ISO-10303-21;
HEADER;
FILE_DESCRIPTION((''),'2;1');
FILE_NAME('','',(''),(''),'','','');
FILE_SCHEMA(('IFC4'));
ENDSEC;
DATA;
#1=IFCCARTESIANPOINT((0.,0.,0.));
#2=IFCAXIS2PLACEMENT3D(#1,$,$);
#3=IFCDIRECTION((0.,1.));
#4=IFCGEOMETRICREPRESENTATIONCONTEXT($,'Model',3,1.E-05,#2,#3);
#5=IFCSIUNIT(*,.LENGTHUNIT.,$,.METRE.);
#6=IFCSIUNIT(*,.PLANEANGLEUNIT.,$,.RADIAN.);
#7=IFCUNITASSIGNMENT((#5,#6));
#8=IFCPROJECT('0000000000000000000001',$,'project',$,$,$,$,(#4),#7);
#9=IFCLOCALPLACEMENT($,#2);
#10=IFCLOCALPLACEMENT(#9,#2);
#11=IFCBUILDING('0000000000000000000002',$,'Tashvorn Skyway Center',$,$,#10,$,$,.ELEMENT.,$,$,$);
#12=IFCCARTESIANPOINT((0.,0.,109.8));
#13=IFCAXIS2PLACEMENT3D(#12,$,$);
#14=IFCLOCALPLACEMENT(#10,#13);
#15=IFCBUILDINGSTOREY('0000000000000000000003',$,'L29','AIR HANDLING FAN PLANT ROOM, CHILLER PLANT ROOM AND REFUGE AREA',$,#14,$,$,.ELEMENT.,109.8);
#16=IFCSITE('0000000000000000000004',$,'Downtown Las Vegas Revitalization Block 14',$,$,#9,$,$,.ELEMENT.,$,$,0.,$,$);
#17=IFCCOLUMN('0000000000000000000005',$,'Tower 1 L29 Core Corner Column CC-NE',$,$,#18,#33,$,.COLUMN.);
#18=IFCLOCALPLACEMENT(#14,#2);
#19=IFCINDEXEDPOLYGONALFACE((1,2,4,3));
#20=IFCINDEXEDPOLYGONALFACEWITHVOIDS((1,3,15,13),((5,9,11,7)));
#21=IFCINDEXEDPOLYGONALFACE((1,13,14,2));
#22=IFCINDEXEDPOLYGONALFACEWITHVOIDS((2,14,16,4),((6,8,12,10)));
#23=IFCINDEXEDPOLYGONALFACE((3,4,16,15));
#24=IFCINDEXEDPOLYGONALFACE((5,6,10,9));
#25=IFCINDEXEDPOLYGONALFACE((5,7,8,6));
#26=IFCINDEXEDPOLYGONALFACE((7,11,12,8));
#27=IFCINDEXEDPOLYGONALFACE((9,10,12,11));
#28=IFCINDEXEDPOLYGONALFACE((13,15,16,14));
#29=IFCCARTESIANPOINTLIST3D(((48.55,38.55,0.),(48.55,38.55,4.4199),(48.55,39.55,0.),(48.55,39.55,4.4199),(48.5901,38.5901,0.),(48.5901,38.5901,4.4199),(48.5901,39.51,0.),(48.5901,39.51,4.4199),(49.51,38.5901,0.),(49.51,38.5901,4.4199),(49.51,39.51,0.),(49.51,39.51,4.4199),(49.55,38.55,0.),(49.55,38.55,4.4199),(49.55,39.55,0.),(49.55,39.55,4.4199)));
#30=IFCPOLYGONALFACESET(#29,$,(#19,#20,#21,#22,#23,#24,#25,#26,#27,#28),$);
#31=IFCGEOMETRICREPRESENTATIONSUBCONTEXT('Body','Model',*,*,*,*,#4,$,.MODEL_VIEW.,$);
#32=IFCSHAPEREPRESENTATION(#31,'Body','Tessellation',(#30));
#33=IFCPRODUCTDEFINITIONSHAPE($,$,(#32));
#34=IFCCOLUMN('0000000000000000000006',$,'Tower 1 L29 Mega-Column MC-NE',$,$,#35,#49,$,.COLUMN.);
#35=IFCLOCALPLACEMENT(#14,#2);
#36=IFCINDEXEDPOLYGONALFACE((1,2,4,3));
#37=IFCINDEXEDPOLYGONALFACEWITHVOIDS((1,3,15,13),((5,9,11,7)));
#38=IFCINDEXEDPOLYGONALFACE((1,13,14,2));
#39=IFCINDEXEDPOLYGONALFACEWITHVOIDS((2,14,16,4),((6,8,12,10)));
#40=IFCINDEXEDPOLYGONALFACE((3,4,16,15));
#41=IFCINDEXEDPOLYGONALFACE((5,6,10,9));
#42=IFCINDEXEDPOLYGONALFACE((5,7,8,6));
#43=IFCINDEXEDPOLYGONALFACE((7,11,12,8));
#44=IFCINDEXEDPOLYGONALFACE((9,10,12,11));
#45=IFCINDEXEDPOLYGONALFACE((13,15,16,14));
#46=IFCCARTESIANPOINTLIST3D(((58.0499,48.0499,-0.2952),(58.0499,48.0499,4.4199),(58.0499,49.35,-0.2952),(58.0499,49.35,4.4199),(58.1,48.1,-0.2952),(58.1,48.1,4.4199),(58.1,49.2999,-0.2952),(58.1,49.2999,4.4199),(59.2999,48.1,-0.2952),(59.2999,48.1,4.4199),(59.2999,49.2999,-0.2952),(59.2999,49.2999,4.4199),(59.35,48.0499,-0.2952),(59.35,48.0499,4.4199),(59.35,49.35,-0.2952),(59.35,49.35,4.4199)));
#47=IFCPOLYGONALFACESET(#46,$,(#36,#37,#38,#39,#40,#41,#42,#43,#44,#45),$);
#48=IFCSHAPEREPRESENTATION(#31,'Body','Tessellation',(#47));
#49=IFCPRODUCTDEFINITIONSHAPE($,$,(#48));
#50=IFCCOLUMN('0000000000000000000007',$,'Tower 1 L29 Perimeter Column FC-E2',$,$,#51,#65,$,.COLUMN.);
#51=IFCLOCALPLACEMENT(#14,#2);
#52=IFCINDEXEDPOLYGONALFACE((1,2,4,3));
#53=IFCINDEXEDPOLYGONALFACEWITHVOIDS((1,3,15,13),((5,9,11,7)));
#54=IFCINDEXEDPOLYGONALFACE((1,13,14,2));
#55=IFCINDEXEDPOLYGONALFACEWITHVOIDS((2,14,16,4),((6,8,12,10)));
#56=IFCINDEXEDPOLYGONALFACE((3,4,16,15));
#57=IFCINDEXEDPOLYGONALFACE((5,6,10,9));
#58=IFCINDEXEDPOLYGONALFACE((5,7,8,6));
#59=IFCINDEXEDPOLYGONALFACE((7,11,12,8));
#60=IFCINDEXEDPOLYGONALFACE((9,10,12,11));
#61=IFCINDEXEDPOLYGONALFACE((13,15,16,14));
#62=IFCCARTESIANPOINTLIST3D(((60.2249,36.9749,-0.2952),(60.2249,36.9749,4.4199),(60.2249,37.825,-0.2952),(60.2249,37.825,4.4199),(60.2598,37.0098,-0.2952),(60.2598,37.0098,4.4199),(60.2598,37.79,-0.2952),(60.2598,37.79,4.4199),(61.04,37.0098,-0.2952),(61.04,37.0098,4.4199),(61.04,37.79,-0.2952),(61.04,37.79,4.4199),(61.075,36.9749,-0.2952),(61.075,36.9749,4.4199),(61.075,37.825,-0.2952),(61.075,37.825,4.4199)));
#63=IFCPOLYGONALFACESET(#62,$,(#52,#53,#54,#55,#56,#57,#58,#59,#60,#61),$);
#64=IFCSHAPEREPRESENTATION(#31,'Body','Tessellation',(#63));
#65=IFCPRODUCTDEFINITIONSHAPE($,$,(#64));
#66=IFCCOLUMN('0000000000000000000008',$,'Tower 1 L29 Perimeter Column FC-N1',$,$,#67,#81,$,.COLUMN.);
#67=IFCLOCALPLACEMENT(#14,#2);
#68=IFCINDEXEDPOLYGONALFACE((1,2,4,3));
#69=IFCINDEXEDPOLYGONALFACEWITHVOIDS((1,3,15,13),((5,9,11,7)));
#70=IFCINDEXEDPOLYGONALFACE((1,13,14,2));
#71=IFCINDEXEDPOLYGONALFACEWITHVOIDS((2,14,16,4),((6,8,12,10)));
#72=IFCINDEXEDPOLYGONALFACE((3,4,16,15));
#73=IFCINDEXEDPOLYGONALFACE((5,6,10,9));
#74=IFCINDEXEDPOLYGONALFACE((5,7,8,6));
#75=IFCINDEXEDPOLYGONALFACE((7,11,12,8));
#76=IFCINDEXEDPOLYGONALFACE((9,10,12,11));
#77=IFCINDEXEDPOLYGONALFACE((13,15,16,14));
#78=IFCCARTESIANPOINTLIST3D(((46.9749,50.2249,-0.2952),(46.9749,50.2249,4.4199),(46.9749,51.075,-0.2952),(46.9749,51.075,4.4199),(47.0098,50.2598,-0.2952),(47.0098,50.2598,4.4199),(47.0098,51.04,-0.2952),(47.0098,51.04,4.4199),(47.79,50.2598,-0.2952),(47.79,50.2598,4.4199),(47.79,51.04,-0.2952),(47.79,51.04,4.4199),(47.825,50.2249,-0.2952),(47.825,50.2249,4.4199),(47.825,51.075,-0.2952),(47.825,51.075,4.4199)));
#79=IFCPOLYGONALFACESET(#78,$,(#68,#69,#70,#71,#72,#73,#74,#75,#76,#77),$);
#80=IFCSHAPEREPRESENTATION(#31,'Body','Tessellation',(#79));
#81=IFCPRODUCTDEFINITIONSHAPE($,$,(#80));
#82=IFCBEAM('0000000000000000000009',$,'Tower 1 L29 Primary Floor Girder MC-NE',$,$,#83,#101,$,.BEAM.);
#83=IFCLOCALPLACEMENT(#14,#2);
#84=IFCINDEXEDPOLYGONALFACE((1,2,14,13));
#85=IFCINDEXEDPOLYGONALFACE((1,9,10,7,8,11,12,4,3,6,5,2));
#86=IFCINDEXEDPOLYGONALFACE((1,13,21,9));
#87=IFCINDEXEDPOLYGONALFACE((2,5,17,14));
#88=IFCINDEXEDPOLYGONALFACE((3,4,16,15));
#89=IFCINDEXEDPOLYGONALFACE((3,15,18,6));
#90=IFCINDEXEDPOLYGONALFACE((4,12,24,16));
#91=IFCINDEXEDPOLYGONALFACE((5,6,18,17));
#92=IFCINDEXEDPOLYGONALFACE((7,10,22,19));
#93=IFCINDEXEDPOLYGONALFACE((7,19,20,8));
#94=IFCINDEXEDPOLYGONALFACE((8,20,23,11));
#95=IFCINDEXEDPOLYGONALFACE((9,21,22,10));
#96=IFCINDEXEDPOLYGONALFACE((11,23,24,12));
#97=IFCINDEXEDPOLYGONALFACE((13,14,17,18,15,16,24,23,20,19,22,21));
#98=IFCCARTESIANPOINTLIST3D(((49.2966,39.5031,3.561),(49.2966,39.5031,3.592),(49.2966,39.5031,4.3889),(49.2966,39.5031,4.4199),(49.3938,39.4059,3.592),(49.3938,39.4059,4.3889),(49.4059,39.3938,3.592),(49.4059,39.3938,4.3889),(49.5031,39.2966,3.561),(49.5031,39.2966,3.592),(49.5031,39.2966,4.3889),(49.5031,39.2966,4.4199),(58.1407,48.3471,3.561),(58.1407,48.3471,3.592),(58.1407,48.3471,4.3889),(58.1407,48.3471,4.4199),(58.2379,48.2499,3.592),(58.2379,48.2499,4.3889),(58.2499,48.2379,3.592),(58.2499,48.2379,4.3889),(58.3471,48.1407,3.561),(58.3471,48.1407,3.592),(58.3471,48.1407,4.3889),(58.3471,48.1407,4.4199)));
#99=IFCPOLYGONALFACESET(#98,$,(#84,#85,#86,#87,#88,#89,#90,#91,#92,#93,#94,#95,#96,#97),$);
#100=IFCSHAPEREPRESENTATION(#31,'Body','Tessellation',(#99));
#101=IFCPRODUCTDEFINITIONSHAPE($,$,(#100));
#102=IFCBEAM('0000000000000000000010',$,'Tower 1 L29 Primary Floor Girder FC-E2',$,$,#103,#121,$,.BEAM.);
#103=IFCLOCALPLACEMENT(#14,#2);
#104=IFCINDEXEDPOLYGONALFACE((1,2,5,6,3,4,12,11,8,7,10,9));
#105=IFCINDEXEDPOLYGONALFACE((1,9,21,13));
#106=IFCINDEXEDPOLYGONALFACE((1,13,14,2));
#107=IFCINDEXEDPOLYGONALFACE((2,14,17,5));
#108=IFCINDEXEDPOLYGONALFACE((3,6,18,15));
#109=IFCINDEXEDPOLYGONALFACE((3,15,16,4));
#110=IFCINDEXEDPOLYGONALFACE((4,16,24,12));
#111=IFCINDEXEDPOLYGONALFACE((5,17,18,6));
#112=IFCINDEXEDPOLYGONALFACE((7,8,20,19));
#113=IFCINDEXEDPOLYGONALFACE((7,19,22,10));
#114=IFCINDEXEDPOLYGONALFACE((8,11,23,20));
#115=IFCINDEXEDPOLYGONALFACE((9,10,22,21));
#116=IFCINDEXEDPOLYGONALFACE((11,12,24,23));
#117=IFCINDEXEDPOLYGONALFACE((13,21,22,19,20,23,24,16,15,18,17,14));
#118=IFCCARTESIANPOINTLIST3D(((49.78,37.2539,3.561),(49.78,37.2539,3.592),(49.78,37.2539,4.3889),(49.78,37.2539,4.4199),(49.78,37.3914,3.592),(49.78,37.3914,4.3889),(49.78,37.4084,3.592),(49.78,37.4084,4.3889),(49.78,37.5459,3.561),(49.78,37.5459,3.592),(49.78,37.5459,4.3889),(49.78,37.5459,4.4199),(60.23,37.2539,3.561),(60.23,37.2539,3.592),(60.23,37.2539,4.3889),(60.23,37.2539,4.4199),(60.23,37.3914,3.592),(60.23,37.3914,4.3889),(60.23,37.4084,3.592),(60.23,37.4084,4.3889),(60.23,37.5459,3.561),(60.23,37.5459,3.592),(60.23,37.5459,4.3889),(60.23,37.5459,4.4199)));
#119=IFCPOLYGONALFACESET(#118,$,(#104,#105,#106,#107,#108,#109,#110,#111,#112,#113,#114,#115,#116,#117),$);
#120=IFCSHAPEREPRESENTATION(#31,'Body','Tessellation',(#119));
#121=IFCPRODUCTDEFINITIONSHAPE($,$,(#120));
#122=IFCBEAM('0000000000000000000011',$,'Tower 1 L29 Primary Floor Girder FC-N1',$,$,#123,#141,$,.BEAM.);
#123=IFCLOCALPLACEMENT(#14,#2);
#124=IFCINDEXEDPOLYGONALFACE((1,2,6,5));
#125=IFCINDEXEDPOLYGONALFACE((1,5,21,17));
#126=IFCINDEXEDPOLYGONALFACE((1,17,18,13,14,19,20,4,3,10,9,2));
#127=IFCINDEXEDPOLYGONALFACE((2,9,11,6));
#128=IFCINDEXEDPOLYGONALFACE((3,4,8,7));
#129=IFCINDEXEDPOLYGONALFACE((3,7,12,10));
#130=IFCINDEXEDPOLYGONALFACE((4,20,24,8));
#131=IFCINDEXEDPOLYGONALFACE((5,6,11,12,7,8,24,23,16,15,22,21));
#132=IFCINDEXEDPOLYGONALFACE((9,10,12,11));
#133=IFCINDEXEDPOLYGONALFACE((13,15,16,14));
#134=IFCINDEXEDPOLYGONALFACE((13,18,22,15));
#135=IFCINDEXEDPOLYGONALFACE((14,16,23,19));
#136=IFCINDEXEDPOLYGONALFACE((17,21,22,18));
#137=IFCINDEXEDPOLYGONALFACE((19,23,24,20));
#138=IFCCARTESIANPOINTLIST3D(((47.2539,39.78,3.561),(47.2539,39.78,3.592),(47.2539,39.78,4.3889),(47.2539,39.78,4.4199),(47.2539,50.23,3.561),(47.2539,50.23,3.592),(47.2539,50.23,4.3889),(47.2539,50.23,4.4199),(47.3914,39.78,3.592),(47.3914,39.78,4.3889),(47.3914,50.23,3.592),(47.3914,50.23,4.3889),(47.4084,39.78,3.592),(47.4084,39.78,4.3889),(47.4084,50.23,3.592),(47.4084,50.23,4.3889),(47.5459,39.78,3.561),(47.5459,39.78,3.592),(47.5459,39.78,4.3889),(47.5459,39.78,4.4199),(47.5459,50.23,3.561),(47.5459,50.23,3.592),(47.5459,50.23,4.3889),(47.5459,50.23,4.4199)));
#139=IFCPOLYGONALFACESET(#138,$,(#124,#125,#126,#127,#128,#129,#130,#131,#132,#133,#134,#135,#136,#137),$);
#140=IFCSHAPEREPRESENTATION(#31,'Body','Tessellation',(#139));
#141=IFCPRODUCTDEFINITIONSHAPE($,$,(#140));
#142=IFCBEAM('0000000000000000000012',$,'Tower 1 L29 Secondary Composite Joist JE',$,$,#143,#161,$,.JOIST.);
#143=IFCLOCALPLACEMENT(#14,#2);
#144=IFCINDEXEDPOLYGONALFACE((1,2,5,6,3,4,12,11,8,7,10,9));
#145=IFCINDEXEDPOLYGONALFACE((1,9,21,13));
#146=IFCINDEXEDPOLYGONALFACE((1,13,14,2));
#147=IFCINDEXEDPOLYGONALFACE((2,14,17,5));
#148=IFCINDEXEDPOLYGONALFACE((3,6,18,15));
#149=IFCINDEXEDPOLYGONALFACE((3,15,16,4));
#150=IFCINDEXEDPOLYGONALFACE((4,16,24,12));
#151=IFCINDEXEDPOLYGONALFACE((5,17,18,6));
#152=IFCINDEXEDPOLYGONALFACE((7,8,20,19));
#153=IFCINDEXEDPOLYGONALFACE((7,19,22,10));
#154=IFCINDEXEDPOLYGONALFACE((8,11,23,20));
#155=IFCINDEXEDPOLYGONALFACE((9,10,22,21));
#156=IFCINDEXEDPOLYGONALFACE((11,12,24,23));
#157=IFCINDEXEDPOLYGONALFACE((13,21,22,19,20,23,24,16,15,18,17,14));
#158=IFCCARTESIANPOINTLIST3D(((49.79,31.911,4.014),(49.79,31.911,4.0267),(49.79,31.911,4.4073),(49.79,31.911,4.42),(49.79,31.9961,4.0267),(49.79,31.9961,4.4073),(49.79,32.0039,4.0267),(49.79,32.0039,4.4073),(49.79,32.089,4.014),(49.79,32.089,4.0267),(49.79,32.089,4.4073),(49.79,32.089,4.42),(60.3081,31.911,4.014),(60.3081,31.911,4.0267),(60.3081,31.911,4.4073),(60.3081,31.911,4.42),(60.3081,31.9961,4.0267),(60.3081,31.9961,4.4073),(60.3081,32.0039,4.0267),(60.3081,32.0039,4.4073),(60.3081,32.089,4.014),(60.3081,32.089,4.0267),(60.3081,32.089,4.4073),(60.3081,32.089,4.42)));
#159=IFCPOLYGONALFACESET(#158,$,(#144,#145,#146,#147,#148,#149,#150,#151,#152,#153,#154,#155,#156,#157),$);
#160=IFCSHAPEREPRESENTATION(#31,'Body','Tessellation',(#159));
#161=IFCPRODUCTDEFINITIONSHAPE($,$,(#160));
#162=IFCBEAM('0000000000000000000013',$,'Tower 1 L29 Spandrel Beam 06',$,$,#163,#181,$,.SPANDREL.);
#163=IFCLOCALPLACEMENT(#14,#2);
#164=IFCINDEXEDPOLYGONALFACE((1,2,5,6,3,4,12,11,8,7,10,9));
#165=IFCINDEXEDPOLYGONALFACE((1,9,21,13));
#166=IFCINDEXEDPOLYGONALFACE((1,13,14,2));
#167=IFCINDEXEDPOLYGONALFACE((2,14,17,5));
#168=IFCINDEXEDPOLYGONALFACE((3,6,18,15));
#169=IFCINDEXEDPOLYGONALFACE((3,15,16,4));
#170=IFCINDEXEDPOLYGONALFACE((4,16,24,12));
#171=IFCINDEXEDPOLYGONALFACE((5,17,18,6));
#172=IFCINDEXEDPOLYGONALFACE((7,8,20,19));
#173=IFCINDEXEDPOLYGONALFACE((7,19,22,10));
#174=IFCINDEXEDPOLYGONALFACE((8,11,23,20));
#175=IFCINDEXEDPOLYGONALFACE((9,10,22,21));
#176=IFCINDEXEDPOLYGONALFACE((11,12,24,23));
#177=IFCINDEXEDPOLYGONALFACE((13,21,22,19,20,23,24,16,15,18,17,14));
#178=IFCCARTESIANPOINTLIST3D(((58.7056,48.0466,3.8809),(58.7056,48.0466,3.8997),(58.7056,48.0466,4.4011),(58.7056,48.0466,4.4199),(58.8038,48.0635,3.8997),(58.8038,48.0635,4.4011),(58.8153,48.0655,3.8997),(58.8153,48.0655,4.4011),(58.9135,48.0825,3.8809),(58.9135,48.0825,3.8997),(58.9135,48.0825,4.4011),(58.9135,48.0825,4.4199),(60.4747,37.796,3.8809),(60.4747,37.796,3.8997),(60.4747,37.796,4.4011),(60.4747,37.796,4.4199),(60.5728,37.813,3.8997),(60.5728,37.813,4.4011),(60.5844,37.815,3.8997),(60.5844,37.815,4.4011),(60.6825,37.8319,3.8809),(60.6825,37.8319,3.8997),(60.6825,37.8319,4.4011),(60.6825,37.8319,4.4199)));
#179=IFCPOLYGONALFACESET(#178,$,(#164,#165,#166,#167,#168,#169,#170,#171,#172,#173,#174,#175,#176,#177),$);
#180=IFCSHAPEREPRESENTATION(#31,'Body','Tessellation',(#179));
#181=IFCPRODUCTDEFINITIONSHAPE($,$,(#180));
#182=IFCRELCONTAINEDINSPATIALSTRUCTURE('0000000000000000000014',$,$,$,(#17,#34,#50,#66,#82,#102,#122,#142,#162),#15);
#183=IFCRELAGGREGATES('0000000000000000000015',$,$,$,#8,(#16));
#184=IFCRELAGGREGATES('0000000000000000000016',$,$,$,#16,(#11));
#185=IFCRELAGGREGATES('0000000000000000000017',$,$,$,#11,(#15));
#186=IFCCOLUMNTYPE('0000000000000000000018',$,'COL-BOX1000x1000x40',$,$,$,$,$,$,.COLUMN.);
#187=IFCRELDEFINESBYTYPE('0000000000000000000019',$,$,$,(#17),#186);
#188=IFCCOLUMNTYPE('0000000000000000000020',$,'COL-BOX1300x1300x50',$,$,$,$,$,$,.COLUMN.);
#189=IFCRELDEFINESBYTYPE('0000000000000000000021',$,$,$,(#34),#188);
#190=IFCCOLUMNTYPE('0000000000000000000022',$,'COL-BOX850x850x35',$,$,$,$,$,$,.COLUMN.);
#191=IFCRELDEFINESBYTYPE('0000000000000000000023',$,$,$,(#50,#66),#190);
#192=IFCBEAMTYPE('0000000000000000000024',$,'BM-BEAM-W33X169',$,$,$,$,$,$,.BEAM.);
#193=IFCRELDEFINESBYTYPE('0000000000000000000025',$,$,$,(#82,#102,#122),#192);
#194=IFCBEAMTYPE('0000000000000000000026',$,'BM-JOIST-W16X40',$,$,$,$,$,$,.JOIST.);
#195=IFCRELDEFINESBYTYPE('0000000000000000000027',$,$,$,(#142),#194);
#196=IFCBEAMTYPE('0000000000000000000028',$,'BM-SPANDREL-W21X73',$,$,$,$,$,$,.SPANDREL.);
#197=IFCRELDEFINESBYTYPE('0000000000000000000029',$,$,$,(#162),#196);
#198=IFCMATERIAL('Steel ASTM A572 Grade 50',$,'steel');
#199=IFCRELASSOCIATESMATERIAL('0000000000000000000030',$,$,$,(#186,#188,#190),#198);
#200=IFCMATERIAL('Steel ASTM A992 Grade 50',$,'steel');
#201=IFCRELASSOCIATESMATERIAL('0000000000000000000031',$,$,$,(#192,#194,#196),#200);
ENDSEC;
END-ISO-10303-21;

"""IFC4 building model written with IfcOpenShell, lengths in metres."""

from ifc_helpers import new_model, si_unit, direction, frame, origin, origin_2d, place, context, subcontext, project, spatial, hollow_rectangle, i_section, extrude, material, material_profile, profile_set, type_object, element, save


model = new_model("IFC4")

# Units and contexts
model_context = context("Model", 3, precision=1e-05, world=origin(), true_north=direction((0.0, 1.0)))
body_context = subcontext(model_context, "Body", "Model", "MODEL_VIEW")
ifc_project = project(units=[si_unit("LENGTHUNIT", "METRE"), si_unit("PLANEANGLEUNIT", "RADIAN")], contexts=[model_context])

# Site, building, storey
site_placement = place(None, origin())
site = spatial("IfcSite", under=ifc_project, at=site_placement, Name="Downtown Las Vegas Revitalization Block 14", CompositionType="ELEMENT", RefElevation=0.0)
building_placement = place(site_placement, origin())
building = spatial("IfcBuilding", under=site, at=building_placement, Name="Tashvorn Skyway Center", CompositionType="ELEMENT")
storey_placement = place(building_placement, frame((0.0, 0.0, 109.8)))
storey = spatial("IfcBuildingStorey", under=building, at=storey_placement, Name="L29", Description="AIR HANDLING FAN PLANT ROOM, CHILLER PLANT ROOM AND REFUGE AREA", CompositionType="ELEMENT", Elevation=109.8)

# Columns
ifc_material_1 = material(Name="Steel ASTM A572 Grade 50", Category="steel")
ifc_material_profile_1 = material_profile(ifc_material_1, hollow_rectangle(XDim=1.0, YDim=1.0, WallThickness=0.04, at=origin_2d()), Name="BOX1000x1000x40")
ifc_profile_set_1 = profile_set([ifc_material_profile_1], Name="Steel ASTM A572 Grade 50")
column_type_1 = type_object("IfcColumnType", Name="COL-BOX1000x1000x40", PredefinedType="COLUMN", material=ifc_profile_set_1)
column_1_placement = place(storey_placement, frame((49.05, 39.05, 0.0), z_axis=(0.0, 0.0, 1.0), x_axis=(1.0, 0.0, 0.0)))
element("IfcColumn", 1, at=column_1_placement, inside=storey, type_object=column_type_1, Name="Tower 1 L29 Core Corner Column CC-NE", PredefinedType="COLUMN", context=body_context, shape_type="SweptSolid", body=[
    extrude(hollow_rectangle(XDim=1.0, YDim=1.0, WallThickness=0.04, at=origin_2d()), origin(), (0.0, 0.0, 1.0), 4.4199),
])
ifc_material_profile_2 = material_profile(ifc_material_1, hollow_rectangle(XDim=1.3, YDim=1.3, WallThickness=0.05, at=origin_2d()), Name="BOX1300x1300x50")
ifc_profile_set_2 = profile_set([ifc_material_profile_2], Name="Steel ASTM A572 Grade 50")
column_type_2 = type_object("IfcColumnType", Name="COL-BOX1300x1300x50", PredefinedType="COLUMN", material=ifc_profile_set_2)
column_2_placement = place(storey_placement, frame((58.7, 48.7, -0.2952), z_axis=(0.0, 0.0, 1.0), x_axis=(1.0, 0.0, 0.0)))
element("IfcColumn", 2, at=column_2_placement, inside=storey, type_object=column_type_2, Name="Tower 1 L29 Mega-Column MC-NE", PredefinedType="COLUMN", context=body_context, shape_type="SweptSolid", body=[
    extrude(hollow_rectangle(XDim=1.3, YDim=1.3, WallThickness=0.05, at=origin_2d()), origin(), (0.0, 0.0, 1.0), 4.7151),
])
ifc_material_profile_3 = material_profile(ifc_material_1, hollow_rectangle(XDim=0.8501, YDim=0.8501, WallThickness=0.0349, at=origin_2d()), Name="BOX850x850x35")
ifc_profile_set_3 = profile_set([ifc_material_profile_3], Name="Steel ASTM A572 Grade 50")
column_type_3 = type_object("IfcColumnType", Name="COL-BOX850x850x35", PredefinedType="COLUMN", material=ifc_profile_set_3)
for number, where, z_axis, x_axis, name in (
    (3, (60.6499, 37.3999, -0.2952), (0.0, 0.0, 1.0), (1.0, 0.0, 0.0), "Tower 1 L29 Perimeter Column FC-E2"),
    (4, (47.3999, 50.6499, -0.2952), (0.0, 0.0, 1.0), (1.0, 0.0, 0.0), "Tower 1 L29 Perimeter Column FC-N1"),
):
    element("IfcColumn", number, at=place(storey_placement, frame(where, z_axis=z_axis, x_axis=x_axis)), inside=storey, type_object=column_type_3, Name=name, PredefinedType="COLUMN", context=body_context, shape_type="SweptSolid", body=[
        extrude(hollow_rectangle(XDim=0.8501, YDim=0.8501, WallThickness=0.0349, at=origin_2d()), origin(), (0.0, 0.0, 1.0), 4.7151),
    ])

# Beams
ifc_material_2 = material(Name="Steel ASTM A992 Grade 50", Category="steel")
ifc_material_profile_4 = material_profile(ifc_material_2, i_section(OverallWidth=0.292, OverallDepth=0.8589, WebThickness=0.0171, FlangeThickness=0.031, at=origin_2d()), Name="W33X169")
ifc_profile_set_4 = profile_set([ifc_material_profile_4], Name="Steel ASTM A992 Grade 50")
beam_type_1 = type_object("IfcBeamType", Name="BM-BEAM-W33X169", PredefinedType="BEAM", material=ifc_profile_set_4)
beam_1_placement = place(storey_placement, frame((58.2439, 48.2439, 3.9905), z_axis=(-0.707107, -0.707107, 0.0), x_axis=(0.707107, -0.707107, 0.0)))
element("IfcBeam", 5, at=beam_1_placement, inside=storey, type_object=beam_type_1, Name="Tower 1 L29 Primary Floor Girder MC-NE", PredefinedType="BEAM", context=body_context, shape_type="SweptSolid", body=[
    extrude(i_section(OverallWidth=0.292, OverallDepth=0.8589, WebThickness=0.0171, FlangeThickness=0.031, at=origin_2d()), origin(), (0.0, 0.0, 1.0), 12.5073),
])
for number, where, z_axis, x_axis, name in (
    (6, (60.23, 37.3999, 3.9905), (-1.0, 0.0, 0.0), (0.0, -1.0, 0.0), "Tower 1 L29 Primary Floor Girder FC-E2"),
    (7, (47.3999, 50.23, 3.9905), (0.0, -1.0, 0.0), (1.0, 0.0, 0.0), "Tower 1 L29 Primary Floor Girder FC-N1"),
):
    element("IfcBeam", number, at=place(storey_placement, frame(where, z_axis=z_axis, x_axis=x_axis)), inside=storey, type_object=beam_type_1, Name=name, PredefinedType="BEAM", context=body_context, shape_type="SweptSolid", body=[
        extrude(i_section(OverallWidth=0.292, OverallDepth=0.8589, WebThickness=0.0171, FlangeThickness=0.031, at=origin_2d()), origin(), (0.0, 0.0, 1.0), 10.45),
    ])
ifc_material_profile_5 = material_profile(ifc_material_2, i_section(OverallWidth=0.178, OverallDepth=0.406, WebThickness=0.0078, FlangeThickness=0.0127, at=origin_2d()), Name="W16X40")
ifc_profile_set_5 = profile_set([ifc_material_profile_5], Name="Steel ASTM A992 Grade 50")
beam_type_2 = type_object("IfcBeamType", Name="BM-JOIST-W16X40", PredefinedType="JOIST", material=ifc_profile_set_5)
beam_2_placement = place(storey_placement, frame((49.79, 32.0, 4.217), z_axis=(1.0, 0.0, 0.0), x_axis=(0.0, 1.0, 0.0)))
element("IfcBeam", 8, at=beam_2_placement, inside=storey, type_object=beam_type_2, Name="Tower 1 L29 Secondary Composite Joist JE", PredefinedType="JOIST", context=body_context, shape_type="SweptSolid", body=[
    extrude(i_section(OverallWidth=0.178, OverallDepth=0.406, WebThickness=0.0078, FlangeThickness=0.0127, at=origin_2d()), origin(), (0.0, 0.0, 1.0), 10.5181),
])
ifc_material_profile_6 = material_profile(ifc_material_2, i_section(OverallWidth=0.2109, OverallDepth=0.5391, WebThickness=0.0117, FlangeThickness=0.0188, at=origin_2d()), Name="W21X73")
ifc_profile_set_6 = profile_set([ifc_material_profile_6], Name="Steel ASTM A992 Grade 50")
beam_type_3 = type_object("IfcBeamType", Name="BM-SPANDREL-W21X73", PredefinedType="SPANDREL", material=ifc_profile_set_6)
for number, where, z_axis, x_axis, name in (
    (9, (60.5786, 37.814, 4.1504), (-0.170067, 0.985432, 0.0), (-0.985432, -0.170067, 0.0), "Tower 1 L29 Spandrel Beam 06"),
):
    element("IfcBeam", number, at=place(storey_placement, frame(where, z_axis=z_axis, x_axis=x_axis)), inside=storey, type_object=beam_type_3, Name=name, PredefinedType="SPANDREL", context=body_context, shape_type="SweptSolid", body=[
        extrude(i_section(OverallWidth=0.2109, OverallDepth=0.5391, WebThickness=0.0117, FlangeThickness=0.0188, at=origin_2d()), origin(), (0.0, 0.0, 1.0), 10.4021),
    ])

save(model, "model.ifc")
